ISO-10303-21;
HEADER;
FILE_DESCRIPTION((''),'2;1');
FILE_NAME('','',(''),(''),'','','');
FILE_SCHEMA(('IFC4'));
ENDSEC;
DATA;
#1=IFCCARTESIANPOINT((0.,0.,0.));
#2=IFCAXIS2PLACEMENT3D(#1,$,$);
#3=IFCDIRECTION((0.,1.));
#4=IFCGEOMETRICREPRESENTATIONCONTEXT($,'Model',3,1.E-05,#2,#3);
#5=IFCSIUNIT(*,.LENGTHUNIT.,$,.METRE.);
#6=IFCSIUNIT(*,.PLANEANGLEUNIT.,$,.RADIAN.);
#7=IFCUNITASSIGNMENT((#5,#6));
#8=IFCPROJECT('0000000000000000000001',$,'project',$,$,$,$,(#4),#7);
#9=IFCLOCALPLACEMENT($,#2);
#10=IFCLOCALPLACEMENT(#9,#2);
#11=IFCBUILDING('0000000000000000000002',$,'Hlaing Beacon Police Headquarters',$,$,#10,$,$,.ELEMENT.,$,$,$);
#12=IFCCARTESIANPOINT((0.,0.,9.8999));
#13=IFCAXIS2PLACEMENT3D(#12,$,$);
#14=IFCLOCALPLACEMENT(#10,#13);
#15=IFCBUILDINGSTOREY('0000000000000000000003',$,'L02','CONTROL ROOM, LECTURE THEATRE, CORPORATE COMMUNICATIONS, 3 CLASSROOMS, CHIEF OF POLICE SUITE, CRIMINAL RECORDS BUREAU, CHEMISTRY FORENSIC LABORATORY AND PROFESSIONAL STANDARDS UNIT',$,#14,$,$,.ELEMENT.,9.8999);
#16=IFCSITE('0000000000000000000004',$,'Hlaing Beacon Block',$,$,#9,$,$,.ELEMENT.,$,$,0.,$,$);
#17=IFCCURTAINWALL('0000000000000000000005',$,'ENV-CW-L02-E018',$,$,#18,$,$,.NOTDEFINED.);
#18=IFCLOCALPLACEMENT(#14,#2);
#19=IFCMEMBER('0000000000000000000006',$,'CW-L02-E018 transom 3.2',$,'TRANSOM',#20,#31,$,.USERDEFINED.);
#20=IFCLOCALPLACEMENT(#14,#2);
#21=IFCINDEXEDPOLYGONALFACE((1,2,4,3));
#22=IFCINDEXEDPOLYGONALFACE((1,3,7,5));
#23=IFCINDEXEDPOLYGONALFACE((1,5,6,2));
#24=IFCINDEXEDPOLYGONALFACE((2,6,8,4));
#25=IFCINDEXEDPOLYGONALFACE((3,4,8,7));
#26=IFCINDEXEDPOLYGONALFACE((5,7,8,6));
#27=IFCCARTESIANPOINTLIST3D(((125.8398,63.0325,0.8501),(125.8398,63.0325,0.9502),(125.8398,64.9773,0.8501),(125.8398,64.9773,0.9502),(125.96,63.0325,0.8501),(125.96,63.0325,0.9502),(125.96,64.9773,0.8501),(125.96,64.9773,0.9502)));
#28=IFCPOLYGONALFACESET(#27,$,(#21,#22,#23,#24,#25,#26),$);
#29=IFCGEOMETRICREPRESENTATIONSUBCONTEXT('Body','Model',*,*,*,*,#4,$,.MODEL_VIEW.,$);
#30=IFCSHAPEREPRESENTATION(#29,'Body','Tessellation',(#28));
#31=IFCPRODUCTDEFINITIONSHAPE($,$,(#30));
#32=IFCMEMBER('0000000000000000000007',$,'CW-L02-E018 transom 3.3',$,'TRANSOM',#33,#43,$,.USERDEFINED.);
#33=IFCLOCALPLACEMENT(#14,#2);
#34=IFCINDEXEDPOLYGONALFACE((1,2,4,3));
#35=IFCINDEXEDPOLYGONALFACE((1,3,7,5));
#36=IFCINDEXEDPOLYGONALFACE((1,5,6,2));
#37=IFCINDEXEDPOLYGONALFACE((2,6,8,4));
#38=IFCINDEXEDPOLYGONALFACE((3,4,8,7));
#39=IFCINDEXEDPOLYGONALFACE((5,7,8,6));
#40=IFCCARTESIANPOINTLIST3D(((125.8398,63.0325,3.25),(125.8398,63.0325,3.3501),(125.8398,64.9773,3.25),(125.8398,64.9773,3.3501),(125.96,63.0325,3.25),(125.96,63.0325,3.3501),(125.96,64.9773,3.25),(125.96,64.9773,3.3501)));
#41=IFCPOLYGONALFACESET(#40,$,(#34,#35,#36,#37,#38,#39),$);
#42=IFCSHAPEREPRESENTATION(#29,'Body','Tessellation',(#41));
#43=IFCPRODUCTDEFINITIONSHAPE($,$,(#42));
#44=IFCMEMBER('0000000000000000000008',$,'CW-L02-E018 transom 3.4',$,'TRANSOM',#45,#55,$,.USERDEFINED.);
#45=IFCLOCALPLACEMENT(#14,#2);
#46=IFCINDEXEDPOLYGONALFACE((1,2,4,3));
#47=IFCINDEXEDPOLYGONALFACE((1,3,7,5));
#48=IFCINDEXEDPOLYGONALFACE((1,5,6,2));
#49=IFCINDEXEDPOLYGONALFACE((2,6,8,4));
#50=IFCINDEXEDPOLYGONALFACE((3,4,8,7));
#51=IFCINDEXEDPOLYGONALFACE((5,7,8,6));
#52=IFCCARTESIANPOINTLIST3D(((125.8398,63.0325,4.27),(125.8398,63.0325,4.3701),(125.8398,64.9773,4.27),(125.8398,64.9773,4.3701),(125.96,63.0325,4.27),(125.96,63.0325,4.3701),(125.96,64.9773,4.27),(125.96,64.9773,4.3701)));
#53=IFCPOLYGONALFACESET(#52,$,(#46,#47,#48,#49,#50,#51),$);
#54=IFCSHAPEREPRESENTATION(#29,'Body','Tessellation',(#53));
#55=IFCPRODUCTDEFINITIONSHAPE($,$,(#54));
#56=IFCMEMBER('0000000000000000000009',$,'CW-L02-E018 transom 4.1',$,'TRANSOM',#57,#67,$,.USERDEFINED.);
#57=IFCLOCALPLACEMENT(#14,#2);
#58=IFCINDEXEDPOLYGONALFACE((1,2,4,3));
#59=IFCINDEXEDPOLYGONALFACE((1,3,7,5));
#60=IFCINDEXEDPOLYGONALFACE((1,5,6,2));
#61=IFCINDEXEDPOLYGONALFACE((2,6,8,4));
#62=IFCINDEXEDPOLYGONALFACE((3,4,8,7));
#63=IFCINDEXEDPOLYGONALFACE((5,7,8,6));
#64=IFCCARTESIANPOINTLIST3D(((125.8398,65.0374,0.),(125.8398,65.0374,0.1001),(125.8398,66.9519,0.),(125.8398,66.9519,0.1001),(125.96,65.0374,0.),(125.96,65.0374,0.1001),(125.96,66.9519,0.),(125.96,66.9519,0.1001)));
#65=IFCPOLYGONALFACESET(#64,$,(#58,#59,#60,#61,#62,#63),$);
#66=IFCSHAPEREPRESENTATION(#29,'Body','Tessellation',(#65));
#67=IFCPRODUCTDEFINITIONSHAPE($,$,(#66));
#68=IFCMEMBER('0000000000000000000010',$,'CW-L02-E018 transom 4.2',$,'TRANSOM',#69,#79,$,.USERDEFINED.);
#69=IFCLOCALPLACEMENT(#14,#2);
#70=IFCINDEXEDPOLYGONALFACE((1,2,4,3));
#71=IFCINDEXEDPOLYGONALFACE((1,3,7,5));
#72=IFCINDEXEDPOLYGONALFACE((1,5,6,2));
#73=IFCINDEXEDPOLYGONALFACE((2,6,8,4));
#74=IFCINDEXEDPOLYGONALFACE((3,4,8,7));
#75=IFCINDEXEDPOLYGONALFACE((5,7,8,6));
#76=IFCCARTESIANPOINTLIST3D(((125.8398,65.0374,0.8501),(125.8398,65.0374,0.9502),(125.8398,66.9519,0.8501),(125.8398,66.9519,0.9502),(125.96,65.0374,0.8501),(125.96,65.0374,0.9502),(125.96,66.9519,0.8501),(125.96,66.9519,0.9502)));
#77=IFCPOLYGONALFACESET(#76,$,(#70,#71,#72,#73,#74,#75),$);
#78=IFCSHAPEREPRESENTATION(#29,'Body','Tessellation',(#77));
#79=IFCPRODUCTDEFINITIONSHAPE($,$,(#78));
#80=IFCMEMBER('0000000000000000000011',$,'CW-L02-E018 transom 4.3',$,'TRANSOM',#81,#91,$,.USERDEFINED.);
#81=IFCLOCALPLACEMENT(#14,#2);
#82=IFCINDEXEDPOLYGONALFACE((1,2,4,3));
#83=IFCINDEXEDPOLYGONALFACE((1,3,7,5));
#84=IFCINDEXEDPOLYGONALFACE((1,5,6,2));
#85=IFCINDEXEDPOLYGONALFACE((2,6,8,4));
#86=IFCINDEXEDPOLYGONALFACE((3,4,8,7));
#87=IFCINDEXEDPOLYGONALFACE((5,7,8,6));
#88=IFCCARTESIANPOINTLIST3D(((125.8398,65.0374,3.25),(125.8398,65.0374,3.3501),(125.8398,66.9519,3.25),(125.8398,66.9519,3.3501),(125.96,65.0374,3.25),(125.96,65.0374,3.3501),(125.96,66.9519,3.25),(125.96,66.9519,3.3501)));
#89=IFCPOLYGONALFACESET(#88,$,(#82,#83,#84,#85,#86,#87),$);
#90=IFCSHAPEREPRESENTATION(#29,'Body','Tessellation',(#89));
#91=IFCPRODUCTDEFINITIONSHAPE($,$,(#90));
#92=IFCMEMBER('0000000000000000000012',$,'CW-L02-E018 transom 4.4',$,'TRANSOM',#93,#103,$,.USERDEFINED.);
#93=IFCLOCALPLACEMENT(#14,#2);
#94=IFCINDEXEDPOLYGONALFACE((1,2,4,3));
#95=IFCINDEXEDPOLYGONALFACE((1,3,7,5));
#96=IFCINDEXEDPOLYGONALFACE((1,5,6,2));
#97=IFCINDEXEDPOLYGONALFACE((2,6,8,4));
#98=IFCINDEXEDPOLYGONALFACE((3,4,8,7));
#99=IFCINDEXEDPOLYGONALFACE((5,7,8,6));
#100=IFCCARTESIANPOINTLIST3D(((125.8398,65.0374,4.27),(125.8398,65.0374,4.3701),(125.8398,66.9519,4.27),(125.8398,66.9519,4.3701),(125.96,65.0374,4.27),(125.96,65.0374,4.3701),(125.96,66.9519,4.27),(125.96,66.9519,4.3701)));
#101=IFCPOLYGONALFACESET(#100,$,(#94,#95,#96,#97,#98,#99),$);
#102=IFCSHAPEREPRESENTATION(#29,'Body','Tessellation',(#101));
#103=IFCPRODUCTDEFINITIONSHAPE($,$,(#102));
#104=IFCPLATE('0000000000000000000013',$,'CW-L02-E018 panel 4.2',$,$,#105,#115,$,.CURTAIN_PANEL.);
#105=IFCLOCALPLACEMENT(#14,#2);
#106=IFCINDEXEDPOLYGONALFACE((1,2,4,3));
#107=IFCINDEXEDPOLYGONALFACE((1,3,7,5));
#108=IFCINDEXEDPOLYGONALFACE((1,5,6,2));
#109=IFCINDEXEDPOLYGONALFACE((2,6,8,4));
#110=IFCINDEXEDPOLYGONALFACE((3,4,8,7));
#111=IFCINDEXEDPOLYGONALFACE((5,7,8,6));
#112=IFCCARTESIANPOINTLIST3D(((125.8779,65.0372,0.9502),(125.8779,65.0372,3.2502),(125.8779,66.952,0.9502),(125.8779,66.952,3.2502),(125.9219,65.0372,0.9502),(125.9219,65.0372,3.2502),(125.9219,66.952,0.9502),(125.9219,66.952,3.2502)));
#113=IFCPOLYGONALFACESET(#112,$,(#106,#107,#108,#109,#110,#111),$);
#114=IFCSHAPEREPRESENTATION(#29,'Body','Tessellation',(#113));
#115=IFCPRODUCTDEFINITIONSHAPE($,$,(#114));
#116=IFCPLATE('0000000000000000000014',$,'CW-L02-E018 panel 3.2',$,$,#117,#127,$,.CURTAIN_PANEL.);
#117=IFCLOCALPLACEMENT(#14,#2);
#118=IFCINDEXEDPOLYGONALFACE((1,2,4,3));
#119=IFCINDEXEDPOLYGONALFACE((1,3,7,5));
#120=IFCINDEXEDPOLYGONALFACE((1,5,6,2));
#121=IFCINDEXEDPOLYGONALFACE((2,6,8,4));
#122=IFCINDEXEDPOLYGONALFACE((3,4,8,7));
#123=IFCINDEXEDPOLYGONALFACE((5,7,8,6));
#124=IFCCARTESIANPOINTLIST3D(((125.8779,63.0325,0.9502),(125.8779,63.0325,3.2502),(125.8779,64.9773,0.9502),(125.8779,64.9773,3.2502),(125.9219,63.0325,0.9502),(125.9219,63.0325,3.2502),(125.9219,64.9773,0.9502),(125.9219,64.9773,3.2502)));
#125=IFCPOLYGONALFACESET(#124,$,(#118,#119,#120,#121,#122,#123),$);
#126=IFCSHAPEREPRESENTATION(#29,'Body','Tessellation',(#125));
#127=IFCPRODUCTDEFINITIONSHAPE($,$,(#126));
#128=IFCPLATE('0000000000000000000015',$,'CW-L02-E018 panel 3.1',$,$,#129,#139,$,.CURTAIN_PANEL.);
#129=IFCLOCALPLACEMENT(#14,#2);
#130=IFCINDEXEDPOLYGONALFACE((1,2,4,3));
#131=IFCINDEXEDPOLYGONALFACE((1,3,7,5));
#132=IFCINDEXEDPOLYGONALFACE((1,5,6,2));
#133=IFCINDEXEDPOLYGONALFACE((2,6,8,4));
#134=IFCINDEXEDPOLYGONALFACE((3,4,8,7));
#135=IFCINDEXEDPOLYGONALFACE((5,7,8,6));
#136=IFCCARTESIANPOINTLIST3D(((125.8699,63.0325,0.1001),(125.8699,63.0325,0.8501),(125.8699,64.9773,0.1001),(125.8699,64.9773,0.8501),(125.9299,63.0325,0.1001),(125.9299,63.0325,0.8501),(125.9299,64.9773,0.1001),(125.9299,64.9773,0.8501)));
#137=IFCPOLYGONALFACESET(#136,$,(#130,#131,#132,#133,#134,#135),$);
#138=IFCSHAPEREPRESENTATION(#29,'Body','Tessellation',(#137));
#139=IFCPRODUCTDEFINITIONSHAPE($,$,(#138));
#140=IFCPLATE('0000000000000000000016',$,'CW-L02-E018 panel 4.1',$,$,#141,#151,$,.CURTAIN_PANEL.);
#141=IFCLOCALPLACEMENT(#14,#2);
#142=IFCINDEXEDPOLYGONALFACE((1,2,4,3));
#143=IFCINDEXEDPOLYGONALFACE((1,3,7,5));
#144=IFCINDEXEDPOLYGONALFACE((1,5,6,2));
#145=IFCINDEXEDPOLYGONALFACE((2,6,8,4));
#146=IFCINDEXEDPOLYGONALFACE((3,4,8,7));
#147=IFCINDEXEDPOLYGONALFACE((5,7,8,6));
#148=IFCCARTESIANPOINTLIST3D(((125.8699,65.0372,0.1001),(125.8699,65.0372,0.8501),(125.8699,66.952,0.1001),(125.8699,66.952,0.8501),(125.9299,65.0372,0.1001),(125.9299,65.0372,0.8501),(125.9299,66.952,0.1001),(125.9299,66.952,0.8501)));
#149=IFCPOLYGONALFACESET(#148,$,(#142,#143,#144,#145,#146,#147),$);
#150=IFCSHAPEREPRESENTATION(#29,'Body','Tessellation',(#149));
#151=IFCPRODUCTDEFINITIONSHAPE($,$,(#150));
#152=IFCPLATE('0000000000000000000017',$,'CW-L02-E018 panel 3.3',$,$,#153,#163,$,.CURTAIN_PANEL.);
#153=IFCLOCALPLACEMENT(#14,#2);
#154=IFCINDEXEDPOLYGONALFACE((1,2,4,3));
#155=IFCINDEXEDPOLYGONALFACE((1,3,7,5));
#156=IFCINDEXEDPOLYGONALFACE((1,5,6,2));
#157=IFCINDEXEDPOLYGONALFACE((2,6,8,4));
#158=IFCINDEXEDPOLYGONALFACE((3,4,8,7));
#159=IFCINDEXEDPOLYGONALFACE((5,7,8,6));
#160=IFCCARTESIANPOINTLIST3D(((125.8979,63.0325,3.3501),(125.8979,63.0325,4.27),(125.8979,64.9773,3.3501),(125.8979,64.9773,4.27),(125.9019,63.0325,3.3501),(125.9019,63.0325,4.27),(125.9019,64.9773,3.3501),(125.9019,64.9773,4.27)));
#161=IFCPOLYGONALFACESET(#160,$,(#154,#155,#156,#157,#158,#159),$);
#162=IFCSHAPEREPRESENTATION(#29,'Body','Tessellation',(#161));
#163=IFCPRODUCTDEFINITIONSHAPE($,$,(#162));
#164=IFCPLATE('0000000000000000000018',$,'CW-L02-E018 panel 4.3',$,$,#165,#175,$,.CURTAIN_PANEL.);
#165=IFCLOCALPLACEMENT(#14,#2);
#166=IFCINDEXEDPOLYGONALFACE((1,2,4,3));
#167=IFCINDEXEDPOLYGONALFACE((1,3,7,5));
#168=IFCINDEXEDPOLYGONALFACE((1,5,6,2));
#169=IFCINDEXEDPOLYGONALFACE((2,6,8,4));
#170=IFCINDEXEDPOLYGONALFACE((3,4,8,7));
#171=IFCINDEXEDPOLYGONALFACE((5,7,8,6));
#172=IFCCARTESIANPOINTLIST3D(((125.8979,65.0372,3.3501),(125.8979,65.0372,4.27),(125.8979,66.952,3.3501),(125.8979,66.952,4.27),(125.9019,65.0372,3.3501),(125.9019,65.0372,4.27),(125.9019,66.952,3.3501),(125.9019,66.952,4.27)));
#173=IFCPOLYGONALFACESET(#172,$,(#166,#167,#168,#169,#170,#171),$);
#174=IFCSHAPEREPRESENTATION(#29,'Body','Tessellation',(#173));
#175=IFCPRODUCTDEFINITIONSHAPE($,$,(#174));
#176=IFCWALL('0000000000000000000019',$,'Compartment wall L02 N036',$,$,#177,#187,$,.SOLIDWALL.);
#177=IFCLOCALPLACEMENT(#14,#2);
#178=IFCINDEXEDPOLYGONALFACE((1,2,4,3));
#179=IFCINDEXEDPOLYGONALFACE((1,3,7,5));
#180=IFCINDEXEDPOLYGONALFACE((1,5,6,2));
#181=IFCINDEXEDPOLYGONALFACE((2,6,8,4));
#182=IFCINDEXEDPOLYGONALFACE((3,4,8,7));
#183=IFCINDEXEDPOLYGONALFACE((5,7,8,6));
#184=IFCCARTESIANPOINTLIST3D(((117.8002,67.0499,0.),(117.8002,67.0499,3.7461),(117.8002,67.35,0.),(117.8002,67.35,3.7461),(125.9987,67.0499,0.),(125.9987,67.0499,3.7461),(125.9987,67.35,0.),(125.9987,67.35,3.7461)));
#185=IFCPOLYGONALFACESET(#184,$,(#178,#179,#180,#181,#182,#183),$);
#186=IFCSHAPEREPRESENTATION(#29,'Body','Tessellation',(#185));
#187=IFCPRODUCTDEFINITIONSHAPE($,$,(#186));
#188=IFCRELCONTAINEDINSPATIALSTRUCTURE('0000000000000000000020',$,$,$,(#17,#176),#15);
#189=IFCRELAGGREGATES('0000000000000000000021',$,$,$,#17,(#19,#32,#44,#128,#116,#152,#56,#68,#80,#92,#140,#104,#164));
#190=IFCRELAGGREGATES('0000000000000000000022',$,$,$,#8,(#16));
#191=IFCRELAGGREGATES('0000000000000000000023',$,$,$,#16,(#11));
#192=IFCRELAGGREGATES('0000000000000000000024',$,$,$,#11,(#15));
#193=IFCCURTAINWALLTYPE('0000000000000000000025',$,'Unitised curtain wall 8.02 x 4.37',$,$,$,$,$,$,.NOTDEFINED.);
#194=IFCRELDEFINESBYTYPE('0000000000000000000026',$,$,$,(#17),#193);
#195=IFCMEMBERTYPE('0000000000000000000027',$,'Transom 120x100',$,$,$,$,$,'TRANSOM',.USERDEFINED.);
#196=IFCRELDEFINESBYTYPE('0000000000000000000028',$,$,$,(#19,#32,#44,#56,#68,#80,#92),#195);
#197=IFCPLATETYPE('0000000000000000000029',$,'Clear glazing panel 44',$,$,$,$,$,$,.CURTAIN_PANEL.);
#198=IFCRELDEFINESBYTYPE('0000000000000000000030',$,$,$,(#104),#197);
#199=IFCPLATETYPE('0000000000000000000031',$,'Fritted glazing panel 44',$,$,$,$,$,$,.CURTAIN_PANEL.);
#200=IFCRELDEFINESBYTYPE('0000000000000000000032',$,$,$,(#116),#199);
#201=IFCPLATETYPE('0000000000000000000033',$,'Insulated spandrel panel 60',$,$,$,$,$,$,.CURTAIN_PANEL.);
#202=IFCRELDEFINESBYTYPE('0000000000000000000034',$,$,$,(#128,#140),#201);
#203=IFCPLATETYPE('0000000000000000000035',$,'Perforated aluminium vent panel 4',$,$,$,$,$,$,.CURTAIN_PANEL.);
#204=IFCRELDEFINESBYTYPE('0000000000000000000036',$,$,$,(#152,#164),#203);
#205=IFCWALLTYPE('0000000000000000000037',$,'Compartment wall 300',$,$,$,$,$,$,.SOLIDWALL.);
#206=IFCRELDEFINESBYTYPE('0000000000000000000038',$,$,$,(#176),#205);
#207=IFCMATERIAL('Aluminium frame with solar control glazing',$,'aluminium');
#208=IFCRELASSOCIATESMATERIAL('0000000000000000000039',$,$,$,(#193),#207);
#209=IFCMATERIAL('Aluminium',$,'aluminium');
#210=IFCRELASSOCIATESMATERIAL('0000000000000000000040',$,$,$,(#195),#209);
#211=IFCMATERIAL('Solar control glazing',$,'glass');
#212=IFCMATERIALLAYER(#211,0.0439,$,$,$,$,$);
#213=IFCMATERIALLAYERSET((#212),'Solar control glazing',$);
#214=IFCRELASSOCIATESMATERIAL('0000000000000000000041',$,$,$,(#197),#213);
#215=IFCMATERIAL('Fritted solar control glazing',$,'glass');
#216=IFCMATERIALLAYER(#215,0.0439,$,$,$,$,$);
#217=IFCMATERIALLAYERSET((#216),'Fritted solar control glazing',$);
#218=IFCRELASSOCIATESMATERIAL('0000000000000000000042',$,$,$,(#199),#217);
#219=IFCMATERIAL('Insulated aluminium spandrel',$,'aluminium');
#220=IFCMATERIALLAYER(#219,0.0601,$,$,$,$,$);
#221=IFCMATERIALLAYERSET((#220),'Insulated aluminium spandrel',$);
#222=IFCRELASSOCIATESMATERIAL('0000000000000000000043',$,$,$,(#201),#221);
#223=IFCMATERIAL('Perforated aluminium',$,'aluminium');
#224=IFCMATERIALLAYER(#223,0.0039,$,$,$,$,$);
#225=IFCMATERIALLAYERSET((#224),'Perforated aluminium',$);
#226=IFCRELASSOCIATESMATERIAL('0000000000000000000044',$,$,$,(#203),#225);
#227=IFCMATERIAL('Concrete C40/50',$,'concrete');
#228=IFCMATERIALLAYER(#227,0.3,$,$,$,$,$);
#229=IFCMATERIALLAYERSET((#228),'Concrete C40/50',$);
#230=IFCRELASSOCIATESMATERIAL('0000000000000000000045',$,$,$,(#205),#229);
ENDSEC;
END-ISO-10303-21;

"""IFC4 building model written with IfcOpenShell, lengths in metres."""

from ifc_helpers import new_model, si_unit, direction, frame, frame_2d, origin, origin_2d, place, context, subcontext, project, spatial, rectangle, extrude, material, layer, layer_set, material_profile, profile_set, type_object, element, aggregate, save


model = new_model("IFC4")

# Units and contexts
model_context = context("Model", 3, precision=1e-05, world=origin(), true_north=direction((0.0, 1.0)))
body_context = subcontext(model_context, "Body", "Model", "MODEL_VIEW")
ifc_project = project(units=[si_unit("LENGTHUNIT", "METRE"), si_unit("PLANEANGLEUNIT", "RADIAN")], contexts=[model_context])

# Site, building, storey
site_placement = place(None, origin())
site = spatial("IfcSite", under=ifc_project, at=site_placement, Name="Hlaing Beacon Block", CompositionType="ELEMENT", RefElevation=0.0)
building_placement = place(site_placement, origin())
building = spatial("IfcBuilding", under=site, at=building_placement, Name="Hlaing Beacon Police Headquarters", CompositionType="ELEMENT")
storey_placement = place(building_placement, frame((0.0, 0.0, 9.8999)))
storey = spatial("IfcBuildingStorey", under=building, at=storey_placement, Name="L02", Description="CONTROL ROOM, LECTURE THEATRE, CORPORATE COMMUNICATIONS, 3 CLASSROOMS, CHIEF OF POLICE SUITE, CRIMINAL RECORDS BUREAU, CHEMISTRY FORENSIC LABORATORY AND PROFESSIONAL STANDARDS UNIT", CompositionType="ELEMENT", Elevation=9.8999)

# Curtain wall
ifc_material_1 = material(Name="Aluminium frame with solar control glazing", Category="aluminium")
curtain_wall_type_1 = type_object("IfcCurtainWallType", Name="Unitised curtain wall 8.02 x 4.37", PredefinedType="NOTDEFINED", material=ifc_material_1)
curtain_wall_1_placement = place(storey_placement, origin())
curtain_wall_1 = element("IfcCurtainWall", 1, at=curtain_wall_1_placement, inside=storey, type_object=curtain_wall_type_1, Name="ENV-CW-L02-E018", PredefinedType="NOTDEFINED")

# Members
ifc_material_2 = material(Name="Aluminium", Category="aluminium")
ifc_material_profile_1 = material_profile(ifc_material_2, rectangle(XDim=0.1201, YDim=0.1001, at=origin_2d()), Name="Transom 120x100")
ifc_profile_set_1 = profile_set([ifc_material_profile_1], Name="Aluminium")
member_type_1 = type_object("IfcMemberType", Name="Transom 120x100", ElementType="TRANSOM", PredefinedType="USERDEFINED", material=ifc_profile_set_1)
member_1_placement = place(storey_placement, frame((125.8999, 63.0325, 0.9001), z_axis=(0.0, 1.0, 0.0), x_axis=(-1.0, 0.0, 0.0)))
member_1 = element("IfcMember", 2, at=member_1_placement, type_object=member_type_1, Name="CW-L02-E018 transom 3.2", ObjectType="TRANSOM", PredefinedType="USERDEFINED", context=body_context, shape_type="SweptSolid", body=[
    extrude(rectangle(XDim=0.1201, YDim=0.1001, at=origin_2d()), origin(), (0.0, 0.0, 1.0), 1.9448),
])
member_2_placement = place(storey_placement, frame((125.8999, 63.0325, 3.3), z_axis=(0.0, 1.0, 0.0), x_axis=(-1.0, 0.0, 0.0)))
member_2 = element("IfcMember", 3, at=member_2_placement, type_object=member_type_1, Name="CW-L02-E018 transom 3.3", ObjectType="TRANSOM", PredefinedType="USERDEFINED", context=body_context, shape_type="SweptSolid", body=[
    extrude(rectangle(XDim=0.1201, YDim=0.1001, at=origin_2d()), origin(), (0.0, 0.0, 1.0), 1.9448),
])
member_3_placement = place(storey_placement, frame((125.8999, 63.0325, 4.3201), z_axis=(0.0, 1.0, 0.0), x_axis=(-1.0, 0.0, 0.0)))
member_3 = element("IfcMember", 4, at=member_3_placement, type_object=member_type_1, Name="CW-L02-E018 transom 3.4", ObjectType="TRANSOM", PredefinedType="USERDEFINED", context=body_context, shape_type="SweptSolid", body=[
    extrude(rectangle(XDim=0.1201, YDim=0.1001, at=origin_2d()), origin(), (0.0, 0.0, 1.0), 1.9448),
])
member_4_placement = place(storey_placement, frame((125.8999, 65.0374, 0.05), z_axis=(0.0, 1.0, 0.0), x_axis=(-1.0, 0.0, 0.0)))
member_4 = element("IfcMember", 5, at=member_4_placement, type_object=member_type_1, Name="CW-L02-E018 transom 4.1", ObjectType="TRANSOM", PredefinedType="USERDEFINED", context=body_context, shape_type="SweptSolid", body=[
    extrude(rectangle(XDim=0.1201, YDim=0.1001, at=origin_2d()), origin(), (0.0, 0.0, 1.0), 1.9146),
])
member_5_placement = place(storey_placement, frame((125.8999, 65.0374, 0.9001), z_axis=(0.0, 1.0, 0.0), x_axis=(-1.0, 0.0, 0.0)))
member_5 = element("IfcMember", 6, at=member_5_placement, type_object=member_type_1, Name="CW-L02-E018 transom 4.2", ObjectType="TRANSOM", PredefinedType="USERDEFINED", context=body_context, shape_type="SweptSolid", body=[
    extrude(rectangle(XDim=0.1201, YDim=0.1001, at=origin_2d()), origin(), (0.0, 0.0, 1.0), 1.9146),
])
member_6_placement = place(storey_placement, frame((125.8999, 65.0374, 3.3), z_axis=(0.0, 1.0, 0.0), x_axis=(-1.0, 0.0, 0.0)))
member_6 = element("IfcMember", 7, at=member_6_placement, type_object=member_type_1, Name="CW-L02-E018 transom 4.3", ObjectType="TRANSOM", PredefinedType="USERDEFINED", context=body_context, shape_type="SweptSolid", body=[
    extrude(rectangle(XDim=0.1201, YDim=0.1001, at=origin_2d()), origin(), (0.0, 0.0, 1.0), 1.9146),
])
member_7_placement = place(storey_placement, frame((125.8999, 65.0374, 4.3201), z_axis=(0.0, 1.0, 0.0), x_axis=(-1.0, 0.0, 0.0)))
member_7 = element("IfcMember", 8, at=member_7_placement, type_object=member_type_1, Name="CW-L02-E018 transom 4.4", ObjectType="TRANSOM", PredefinedType="USERDEFINED", context=body_context, shape_type="SweptSolid", body=[
    extrude(rectangle(XDim=0.1201, YDim=0.1001, at=origin_2d()), origin(), (0.0, 0.0, 1.0), 1.9146),
])

# Plates
ifc_material_3 = material(Name="Solar control glazing", Category="glass")
ifc_layer_1 = layer(ifc_material_3, 0.0439)
ifc_layer_set_1 = layer_set([ifc_layer_1], Name="Solar control glazing")
plate_type_1 = type_object("IfcPlateType", Name="Clear glazing panel 44", PredefinedType="CURTAIN_PANEL", material=ifc_layer_set_1)
plate_1_placement = place(storey_placement, frame((125.8999, 65.9946, 0.9502), z_axis=(0.0, 0.0, 1.0), x_axis=(0.0, 1.0, 0.0)))
plate_1 = element("IfcPlate", 9, at=plate_1_placement, type_object=plate_type_1, Name="CW-L02-E018 panel 4.2", PredefinedType="CURTAIN_PANEL", context=body_context, shape_type="SweptSolid", body=[
    extrude(rectangle(XDim=1.9148, YDim=0.0439, at=origin_2d()), origin(), (0.0, 0.0, 1.0), 2.3),
])
ifc_material_4 = material(Name="Fritted solar control glazing", Category="glass")
ifc_layer_2 = layer(ifc_material_4, 0.0439)
ifc_layer_set_2 = layer_set([ifc_layer_2], Name="Fritted solar control glazing")
plate_type_2 = type_object("IfcPlateType", Name="Fritted glazing panel 44", PredefinedType="CURTAIN_PANEL", material=ifc_layer_set_2)
plate_2_placement = place(storey_placement, frame((125.8999, 64.0049, 0.9502), z_axis=(0.0, 0.0, 1.0), x_axis=(0.0, 1.0, 0.0)))
plate_2 = element("IfcPlate", 10, at=plate_2_placement, type_object=plate_type_2, Name="CW-L02-E018 panel 3.2", PredefinedType="CURTAIN_PANEL", context=body_context, shape_type="SweptSolid", body=[
    extrude(rectangle(XDim=1.9448, YDim=0.0439, at=origin_2d()), origin(), (0.0, 0.0, 1.0), 2.3),
])
ifc_material_5 = material(Name="Insulated aluminium spandrel", Category="aluminium")
ifc_layer_3 = layer(ifc_material_5, 0.0601)
ifc_layer_set_3 = layer_set([ifc_layer_3], Name="Insulated aluminium spandrel")
plate_type_3 = type_object("IfcPlateType", Name="Insulated spandrel panel 60", PredefinedType="CURTAIN_PANEL", material=ifc_layer_set_3)
plate_3_placement = place(storey_placement, frame((125.8999, 64.0049, 0.1001), z_axis=(0.0, 0.0, 1.0), x_axis=(0.0, 1.0, 0.0)))
plate_3 = element("IfcPlate", 11, at=plate_3_placement, type_object=plate_type_3, Name="CW-L02-E018 panel 3.1", PredefinedType="CURTAIN_PANEL", context=body_context, shape_type="SweptSolid", body=[
    extrude(rectangle(XDim=1.9448, YDim=0.0601, at=origin_2d()), origin(), (0.0, 0.0, 1.0), 0.75),
])
plate_4_placement = place(storey_placement, frame((125.8999, 65.9946, 0.1001), z_axis=(0.0, 0.0, 1.0), x_axis=(0.0, 1.0, 0.0)))
plate_4 = element("IfcPlate", 12, at=plate_4_placement, type_object=plate_type_3, Name="CW-L02-E018 panel 4.1", PredefinedType="CURTAIN_PANEL", context=body_context, shape_type="SweptSolid", body=[
    extrude(rectangle(XDim=1.9148, YDim=0.0601, at=origin_2d()), origin(), (0.0, 0.0, 1.0), 0.75),
])
ifc_material_6 = material(Name="Perforated aluminium", Category="aluminium")
ifc_layer_4 = layer(ifc_material_6, 0.0039)
ifc_layer_set_4 = layer_set([ifc_layer_4], Name="Perforated aluminium")
plate_type_4 = type_object("IfcPlateType", Name="Perforated aluminium vent panel 4", PredefinedType="CURTAIN_PANEL", material=ifc_layer_set_4)
plate_5_placement = place(storey_placement, frame((125.8999, 64.0049, 3.3501), z_axis=(0.0, 0.0, 1.0), x_axis=(0.0, 1.0, 0.0)))
plate_5 = element("IfcPlate", 13, at=plate_5_placement, type_object=plate_type_4, Name="CW-L02-E018 panel 3.3", PredefinedType="CURTAIN_PANEL", context=body_context, shape_type="SweptSolid", body=[
    extrude(rectangle(XDim=1.9448, YDim=0.0039, at=origin_2d()), origin(), (0.0, 0.0, 1.0), 0.9199),
])
plate_6_placement = place(storey_placement, frame((125.8999, 65.9946, 3.3501), z_axis=(0.0, 0.0, 1.0), x_axis=(0.0, 1.0, 0.0)))
plate_6 = element("IfcPlate", 14, at=plate_6_placement, type_object=plate_type_4, Name="CW-L02-E018 panel 4.3", PredefinedType="CURTAIN_PANEL", context=body_context, shape_type="SweptSolid", body=[
    extrude(rectangle(XDim=1.9148, YDim=0.0039, at=origin_2d()), origin(), (0.0, 0.0, 1.0), 0.9199),
])
aggregate(curtain_wall_1, [member_1, member_2, member_3, plate_3, plate_2, plate_5, member_4, member_5, member_6, member_7, plate_4, plate_1, plate_6])

# Wall
ifc_material_7 = material(Name="Concrete C40/50", Category="concrete")
ifc_layer_5 = layer(ifc_material_7, 0.3)
ifc_layer_set_5 = layer_set([ifc_layer_5], Name="Concrete C40/50")
wall_type_1 = type_object("IfcWallType", Name="Compartment wall 300", PredefinedType="SOLIDWALL", material=ifc_layer_set_5)
wall_1_placement = place(storey_placement, frame((125.9985, 67.2, 0.0), z_axis=(0.0, 0.0, 1.0), x_axis=(-1.0, 0.0, 0.0)))
element("IfcWall", 15, at=wall_1_placement, inside=storey, type_object=wall_type_1, Name="Compartment wall L02 N036", PredefinedType="SOLIDWALL", context=body_context, shape_type="SweptSolid", body=[
    extrude(rectangle(XDim=8.1985, YDim=0.3, at=frame_2d((4.0991, 0.0))), origin(), (0.0, 0.0, 1.0), 3.7461),
])

save(model, "model.ifc")
